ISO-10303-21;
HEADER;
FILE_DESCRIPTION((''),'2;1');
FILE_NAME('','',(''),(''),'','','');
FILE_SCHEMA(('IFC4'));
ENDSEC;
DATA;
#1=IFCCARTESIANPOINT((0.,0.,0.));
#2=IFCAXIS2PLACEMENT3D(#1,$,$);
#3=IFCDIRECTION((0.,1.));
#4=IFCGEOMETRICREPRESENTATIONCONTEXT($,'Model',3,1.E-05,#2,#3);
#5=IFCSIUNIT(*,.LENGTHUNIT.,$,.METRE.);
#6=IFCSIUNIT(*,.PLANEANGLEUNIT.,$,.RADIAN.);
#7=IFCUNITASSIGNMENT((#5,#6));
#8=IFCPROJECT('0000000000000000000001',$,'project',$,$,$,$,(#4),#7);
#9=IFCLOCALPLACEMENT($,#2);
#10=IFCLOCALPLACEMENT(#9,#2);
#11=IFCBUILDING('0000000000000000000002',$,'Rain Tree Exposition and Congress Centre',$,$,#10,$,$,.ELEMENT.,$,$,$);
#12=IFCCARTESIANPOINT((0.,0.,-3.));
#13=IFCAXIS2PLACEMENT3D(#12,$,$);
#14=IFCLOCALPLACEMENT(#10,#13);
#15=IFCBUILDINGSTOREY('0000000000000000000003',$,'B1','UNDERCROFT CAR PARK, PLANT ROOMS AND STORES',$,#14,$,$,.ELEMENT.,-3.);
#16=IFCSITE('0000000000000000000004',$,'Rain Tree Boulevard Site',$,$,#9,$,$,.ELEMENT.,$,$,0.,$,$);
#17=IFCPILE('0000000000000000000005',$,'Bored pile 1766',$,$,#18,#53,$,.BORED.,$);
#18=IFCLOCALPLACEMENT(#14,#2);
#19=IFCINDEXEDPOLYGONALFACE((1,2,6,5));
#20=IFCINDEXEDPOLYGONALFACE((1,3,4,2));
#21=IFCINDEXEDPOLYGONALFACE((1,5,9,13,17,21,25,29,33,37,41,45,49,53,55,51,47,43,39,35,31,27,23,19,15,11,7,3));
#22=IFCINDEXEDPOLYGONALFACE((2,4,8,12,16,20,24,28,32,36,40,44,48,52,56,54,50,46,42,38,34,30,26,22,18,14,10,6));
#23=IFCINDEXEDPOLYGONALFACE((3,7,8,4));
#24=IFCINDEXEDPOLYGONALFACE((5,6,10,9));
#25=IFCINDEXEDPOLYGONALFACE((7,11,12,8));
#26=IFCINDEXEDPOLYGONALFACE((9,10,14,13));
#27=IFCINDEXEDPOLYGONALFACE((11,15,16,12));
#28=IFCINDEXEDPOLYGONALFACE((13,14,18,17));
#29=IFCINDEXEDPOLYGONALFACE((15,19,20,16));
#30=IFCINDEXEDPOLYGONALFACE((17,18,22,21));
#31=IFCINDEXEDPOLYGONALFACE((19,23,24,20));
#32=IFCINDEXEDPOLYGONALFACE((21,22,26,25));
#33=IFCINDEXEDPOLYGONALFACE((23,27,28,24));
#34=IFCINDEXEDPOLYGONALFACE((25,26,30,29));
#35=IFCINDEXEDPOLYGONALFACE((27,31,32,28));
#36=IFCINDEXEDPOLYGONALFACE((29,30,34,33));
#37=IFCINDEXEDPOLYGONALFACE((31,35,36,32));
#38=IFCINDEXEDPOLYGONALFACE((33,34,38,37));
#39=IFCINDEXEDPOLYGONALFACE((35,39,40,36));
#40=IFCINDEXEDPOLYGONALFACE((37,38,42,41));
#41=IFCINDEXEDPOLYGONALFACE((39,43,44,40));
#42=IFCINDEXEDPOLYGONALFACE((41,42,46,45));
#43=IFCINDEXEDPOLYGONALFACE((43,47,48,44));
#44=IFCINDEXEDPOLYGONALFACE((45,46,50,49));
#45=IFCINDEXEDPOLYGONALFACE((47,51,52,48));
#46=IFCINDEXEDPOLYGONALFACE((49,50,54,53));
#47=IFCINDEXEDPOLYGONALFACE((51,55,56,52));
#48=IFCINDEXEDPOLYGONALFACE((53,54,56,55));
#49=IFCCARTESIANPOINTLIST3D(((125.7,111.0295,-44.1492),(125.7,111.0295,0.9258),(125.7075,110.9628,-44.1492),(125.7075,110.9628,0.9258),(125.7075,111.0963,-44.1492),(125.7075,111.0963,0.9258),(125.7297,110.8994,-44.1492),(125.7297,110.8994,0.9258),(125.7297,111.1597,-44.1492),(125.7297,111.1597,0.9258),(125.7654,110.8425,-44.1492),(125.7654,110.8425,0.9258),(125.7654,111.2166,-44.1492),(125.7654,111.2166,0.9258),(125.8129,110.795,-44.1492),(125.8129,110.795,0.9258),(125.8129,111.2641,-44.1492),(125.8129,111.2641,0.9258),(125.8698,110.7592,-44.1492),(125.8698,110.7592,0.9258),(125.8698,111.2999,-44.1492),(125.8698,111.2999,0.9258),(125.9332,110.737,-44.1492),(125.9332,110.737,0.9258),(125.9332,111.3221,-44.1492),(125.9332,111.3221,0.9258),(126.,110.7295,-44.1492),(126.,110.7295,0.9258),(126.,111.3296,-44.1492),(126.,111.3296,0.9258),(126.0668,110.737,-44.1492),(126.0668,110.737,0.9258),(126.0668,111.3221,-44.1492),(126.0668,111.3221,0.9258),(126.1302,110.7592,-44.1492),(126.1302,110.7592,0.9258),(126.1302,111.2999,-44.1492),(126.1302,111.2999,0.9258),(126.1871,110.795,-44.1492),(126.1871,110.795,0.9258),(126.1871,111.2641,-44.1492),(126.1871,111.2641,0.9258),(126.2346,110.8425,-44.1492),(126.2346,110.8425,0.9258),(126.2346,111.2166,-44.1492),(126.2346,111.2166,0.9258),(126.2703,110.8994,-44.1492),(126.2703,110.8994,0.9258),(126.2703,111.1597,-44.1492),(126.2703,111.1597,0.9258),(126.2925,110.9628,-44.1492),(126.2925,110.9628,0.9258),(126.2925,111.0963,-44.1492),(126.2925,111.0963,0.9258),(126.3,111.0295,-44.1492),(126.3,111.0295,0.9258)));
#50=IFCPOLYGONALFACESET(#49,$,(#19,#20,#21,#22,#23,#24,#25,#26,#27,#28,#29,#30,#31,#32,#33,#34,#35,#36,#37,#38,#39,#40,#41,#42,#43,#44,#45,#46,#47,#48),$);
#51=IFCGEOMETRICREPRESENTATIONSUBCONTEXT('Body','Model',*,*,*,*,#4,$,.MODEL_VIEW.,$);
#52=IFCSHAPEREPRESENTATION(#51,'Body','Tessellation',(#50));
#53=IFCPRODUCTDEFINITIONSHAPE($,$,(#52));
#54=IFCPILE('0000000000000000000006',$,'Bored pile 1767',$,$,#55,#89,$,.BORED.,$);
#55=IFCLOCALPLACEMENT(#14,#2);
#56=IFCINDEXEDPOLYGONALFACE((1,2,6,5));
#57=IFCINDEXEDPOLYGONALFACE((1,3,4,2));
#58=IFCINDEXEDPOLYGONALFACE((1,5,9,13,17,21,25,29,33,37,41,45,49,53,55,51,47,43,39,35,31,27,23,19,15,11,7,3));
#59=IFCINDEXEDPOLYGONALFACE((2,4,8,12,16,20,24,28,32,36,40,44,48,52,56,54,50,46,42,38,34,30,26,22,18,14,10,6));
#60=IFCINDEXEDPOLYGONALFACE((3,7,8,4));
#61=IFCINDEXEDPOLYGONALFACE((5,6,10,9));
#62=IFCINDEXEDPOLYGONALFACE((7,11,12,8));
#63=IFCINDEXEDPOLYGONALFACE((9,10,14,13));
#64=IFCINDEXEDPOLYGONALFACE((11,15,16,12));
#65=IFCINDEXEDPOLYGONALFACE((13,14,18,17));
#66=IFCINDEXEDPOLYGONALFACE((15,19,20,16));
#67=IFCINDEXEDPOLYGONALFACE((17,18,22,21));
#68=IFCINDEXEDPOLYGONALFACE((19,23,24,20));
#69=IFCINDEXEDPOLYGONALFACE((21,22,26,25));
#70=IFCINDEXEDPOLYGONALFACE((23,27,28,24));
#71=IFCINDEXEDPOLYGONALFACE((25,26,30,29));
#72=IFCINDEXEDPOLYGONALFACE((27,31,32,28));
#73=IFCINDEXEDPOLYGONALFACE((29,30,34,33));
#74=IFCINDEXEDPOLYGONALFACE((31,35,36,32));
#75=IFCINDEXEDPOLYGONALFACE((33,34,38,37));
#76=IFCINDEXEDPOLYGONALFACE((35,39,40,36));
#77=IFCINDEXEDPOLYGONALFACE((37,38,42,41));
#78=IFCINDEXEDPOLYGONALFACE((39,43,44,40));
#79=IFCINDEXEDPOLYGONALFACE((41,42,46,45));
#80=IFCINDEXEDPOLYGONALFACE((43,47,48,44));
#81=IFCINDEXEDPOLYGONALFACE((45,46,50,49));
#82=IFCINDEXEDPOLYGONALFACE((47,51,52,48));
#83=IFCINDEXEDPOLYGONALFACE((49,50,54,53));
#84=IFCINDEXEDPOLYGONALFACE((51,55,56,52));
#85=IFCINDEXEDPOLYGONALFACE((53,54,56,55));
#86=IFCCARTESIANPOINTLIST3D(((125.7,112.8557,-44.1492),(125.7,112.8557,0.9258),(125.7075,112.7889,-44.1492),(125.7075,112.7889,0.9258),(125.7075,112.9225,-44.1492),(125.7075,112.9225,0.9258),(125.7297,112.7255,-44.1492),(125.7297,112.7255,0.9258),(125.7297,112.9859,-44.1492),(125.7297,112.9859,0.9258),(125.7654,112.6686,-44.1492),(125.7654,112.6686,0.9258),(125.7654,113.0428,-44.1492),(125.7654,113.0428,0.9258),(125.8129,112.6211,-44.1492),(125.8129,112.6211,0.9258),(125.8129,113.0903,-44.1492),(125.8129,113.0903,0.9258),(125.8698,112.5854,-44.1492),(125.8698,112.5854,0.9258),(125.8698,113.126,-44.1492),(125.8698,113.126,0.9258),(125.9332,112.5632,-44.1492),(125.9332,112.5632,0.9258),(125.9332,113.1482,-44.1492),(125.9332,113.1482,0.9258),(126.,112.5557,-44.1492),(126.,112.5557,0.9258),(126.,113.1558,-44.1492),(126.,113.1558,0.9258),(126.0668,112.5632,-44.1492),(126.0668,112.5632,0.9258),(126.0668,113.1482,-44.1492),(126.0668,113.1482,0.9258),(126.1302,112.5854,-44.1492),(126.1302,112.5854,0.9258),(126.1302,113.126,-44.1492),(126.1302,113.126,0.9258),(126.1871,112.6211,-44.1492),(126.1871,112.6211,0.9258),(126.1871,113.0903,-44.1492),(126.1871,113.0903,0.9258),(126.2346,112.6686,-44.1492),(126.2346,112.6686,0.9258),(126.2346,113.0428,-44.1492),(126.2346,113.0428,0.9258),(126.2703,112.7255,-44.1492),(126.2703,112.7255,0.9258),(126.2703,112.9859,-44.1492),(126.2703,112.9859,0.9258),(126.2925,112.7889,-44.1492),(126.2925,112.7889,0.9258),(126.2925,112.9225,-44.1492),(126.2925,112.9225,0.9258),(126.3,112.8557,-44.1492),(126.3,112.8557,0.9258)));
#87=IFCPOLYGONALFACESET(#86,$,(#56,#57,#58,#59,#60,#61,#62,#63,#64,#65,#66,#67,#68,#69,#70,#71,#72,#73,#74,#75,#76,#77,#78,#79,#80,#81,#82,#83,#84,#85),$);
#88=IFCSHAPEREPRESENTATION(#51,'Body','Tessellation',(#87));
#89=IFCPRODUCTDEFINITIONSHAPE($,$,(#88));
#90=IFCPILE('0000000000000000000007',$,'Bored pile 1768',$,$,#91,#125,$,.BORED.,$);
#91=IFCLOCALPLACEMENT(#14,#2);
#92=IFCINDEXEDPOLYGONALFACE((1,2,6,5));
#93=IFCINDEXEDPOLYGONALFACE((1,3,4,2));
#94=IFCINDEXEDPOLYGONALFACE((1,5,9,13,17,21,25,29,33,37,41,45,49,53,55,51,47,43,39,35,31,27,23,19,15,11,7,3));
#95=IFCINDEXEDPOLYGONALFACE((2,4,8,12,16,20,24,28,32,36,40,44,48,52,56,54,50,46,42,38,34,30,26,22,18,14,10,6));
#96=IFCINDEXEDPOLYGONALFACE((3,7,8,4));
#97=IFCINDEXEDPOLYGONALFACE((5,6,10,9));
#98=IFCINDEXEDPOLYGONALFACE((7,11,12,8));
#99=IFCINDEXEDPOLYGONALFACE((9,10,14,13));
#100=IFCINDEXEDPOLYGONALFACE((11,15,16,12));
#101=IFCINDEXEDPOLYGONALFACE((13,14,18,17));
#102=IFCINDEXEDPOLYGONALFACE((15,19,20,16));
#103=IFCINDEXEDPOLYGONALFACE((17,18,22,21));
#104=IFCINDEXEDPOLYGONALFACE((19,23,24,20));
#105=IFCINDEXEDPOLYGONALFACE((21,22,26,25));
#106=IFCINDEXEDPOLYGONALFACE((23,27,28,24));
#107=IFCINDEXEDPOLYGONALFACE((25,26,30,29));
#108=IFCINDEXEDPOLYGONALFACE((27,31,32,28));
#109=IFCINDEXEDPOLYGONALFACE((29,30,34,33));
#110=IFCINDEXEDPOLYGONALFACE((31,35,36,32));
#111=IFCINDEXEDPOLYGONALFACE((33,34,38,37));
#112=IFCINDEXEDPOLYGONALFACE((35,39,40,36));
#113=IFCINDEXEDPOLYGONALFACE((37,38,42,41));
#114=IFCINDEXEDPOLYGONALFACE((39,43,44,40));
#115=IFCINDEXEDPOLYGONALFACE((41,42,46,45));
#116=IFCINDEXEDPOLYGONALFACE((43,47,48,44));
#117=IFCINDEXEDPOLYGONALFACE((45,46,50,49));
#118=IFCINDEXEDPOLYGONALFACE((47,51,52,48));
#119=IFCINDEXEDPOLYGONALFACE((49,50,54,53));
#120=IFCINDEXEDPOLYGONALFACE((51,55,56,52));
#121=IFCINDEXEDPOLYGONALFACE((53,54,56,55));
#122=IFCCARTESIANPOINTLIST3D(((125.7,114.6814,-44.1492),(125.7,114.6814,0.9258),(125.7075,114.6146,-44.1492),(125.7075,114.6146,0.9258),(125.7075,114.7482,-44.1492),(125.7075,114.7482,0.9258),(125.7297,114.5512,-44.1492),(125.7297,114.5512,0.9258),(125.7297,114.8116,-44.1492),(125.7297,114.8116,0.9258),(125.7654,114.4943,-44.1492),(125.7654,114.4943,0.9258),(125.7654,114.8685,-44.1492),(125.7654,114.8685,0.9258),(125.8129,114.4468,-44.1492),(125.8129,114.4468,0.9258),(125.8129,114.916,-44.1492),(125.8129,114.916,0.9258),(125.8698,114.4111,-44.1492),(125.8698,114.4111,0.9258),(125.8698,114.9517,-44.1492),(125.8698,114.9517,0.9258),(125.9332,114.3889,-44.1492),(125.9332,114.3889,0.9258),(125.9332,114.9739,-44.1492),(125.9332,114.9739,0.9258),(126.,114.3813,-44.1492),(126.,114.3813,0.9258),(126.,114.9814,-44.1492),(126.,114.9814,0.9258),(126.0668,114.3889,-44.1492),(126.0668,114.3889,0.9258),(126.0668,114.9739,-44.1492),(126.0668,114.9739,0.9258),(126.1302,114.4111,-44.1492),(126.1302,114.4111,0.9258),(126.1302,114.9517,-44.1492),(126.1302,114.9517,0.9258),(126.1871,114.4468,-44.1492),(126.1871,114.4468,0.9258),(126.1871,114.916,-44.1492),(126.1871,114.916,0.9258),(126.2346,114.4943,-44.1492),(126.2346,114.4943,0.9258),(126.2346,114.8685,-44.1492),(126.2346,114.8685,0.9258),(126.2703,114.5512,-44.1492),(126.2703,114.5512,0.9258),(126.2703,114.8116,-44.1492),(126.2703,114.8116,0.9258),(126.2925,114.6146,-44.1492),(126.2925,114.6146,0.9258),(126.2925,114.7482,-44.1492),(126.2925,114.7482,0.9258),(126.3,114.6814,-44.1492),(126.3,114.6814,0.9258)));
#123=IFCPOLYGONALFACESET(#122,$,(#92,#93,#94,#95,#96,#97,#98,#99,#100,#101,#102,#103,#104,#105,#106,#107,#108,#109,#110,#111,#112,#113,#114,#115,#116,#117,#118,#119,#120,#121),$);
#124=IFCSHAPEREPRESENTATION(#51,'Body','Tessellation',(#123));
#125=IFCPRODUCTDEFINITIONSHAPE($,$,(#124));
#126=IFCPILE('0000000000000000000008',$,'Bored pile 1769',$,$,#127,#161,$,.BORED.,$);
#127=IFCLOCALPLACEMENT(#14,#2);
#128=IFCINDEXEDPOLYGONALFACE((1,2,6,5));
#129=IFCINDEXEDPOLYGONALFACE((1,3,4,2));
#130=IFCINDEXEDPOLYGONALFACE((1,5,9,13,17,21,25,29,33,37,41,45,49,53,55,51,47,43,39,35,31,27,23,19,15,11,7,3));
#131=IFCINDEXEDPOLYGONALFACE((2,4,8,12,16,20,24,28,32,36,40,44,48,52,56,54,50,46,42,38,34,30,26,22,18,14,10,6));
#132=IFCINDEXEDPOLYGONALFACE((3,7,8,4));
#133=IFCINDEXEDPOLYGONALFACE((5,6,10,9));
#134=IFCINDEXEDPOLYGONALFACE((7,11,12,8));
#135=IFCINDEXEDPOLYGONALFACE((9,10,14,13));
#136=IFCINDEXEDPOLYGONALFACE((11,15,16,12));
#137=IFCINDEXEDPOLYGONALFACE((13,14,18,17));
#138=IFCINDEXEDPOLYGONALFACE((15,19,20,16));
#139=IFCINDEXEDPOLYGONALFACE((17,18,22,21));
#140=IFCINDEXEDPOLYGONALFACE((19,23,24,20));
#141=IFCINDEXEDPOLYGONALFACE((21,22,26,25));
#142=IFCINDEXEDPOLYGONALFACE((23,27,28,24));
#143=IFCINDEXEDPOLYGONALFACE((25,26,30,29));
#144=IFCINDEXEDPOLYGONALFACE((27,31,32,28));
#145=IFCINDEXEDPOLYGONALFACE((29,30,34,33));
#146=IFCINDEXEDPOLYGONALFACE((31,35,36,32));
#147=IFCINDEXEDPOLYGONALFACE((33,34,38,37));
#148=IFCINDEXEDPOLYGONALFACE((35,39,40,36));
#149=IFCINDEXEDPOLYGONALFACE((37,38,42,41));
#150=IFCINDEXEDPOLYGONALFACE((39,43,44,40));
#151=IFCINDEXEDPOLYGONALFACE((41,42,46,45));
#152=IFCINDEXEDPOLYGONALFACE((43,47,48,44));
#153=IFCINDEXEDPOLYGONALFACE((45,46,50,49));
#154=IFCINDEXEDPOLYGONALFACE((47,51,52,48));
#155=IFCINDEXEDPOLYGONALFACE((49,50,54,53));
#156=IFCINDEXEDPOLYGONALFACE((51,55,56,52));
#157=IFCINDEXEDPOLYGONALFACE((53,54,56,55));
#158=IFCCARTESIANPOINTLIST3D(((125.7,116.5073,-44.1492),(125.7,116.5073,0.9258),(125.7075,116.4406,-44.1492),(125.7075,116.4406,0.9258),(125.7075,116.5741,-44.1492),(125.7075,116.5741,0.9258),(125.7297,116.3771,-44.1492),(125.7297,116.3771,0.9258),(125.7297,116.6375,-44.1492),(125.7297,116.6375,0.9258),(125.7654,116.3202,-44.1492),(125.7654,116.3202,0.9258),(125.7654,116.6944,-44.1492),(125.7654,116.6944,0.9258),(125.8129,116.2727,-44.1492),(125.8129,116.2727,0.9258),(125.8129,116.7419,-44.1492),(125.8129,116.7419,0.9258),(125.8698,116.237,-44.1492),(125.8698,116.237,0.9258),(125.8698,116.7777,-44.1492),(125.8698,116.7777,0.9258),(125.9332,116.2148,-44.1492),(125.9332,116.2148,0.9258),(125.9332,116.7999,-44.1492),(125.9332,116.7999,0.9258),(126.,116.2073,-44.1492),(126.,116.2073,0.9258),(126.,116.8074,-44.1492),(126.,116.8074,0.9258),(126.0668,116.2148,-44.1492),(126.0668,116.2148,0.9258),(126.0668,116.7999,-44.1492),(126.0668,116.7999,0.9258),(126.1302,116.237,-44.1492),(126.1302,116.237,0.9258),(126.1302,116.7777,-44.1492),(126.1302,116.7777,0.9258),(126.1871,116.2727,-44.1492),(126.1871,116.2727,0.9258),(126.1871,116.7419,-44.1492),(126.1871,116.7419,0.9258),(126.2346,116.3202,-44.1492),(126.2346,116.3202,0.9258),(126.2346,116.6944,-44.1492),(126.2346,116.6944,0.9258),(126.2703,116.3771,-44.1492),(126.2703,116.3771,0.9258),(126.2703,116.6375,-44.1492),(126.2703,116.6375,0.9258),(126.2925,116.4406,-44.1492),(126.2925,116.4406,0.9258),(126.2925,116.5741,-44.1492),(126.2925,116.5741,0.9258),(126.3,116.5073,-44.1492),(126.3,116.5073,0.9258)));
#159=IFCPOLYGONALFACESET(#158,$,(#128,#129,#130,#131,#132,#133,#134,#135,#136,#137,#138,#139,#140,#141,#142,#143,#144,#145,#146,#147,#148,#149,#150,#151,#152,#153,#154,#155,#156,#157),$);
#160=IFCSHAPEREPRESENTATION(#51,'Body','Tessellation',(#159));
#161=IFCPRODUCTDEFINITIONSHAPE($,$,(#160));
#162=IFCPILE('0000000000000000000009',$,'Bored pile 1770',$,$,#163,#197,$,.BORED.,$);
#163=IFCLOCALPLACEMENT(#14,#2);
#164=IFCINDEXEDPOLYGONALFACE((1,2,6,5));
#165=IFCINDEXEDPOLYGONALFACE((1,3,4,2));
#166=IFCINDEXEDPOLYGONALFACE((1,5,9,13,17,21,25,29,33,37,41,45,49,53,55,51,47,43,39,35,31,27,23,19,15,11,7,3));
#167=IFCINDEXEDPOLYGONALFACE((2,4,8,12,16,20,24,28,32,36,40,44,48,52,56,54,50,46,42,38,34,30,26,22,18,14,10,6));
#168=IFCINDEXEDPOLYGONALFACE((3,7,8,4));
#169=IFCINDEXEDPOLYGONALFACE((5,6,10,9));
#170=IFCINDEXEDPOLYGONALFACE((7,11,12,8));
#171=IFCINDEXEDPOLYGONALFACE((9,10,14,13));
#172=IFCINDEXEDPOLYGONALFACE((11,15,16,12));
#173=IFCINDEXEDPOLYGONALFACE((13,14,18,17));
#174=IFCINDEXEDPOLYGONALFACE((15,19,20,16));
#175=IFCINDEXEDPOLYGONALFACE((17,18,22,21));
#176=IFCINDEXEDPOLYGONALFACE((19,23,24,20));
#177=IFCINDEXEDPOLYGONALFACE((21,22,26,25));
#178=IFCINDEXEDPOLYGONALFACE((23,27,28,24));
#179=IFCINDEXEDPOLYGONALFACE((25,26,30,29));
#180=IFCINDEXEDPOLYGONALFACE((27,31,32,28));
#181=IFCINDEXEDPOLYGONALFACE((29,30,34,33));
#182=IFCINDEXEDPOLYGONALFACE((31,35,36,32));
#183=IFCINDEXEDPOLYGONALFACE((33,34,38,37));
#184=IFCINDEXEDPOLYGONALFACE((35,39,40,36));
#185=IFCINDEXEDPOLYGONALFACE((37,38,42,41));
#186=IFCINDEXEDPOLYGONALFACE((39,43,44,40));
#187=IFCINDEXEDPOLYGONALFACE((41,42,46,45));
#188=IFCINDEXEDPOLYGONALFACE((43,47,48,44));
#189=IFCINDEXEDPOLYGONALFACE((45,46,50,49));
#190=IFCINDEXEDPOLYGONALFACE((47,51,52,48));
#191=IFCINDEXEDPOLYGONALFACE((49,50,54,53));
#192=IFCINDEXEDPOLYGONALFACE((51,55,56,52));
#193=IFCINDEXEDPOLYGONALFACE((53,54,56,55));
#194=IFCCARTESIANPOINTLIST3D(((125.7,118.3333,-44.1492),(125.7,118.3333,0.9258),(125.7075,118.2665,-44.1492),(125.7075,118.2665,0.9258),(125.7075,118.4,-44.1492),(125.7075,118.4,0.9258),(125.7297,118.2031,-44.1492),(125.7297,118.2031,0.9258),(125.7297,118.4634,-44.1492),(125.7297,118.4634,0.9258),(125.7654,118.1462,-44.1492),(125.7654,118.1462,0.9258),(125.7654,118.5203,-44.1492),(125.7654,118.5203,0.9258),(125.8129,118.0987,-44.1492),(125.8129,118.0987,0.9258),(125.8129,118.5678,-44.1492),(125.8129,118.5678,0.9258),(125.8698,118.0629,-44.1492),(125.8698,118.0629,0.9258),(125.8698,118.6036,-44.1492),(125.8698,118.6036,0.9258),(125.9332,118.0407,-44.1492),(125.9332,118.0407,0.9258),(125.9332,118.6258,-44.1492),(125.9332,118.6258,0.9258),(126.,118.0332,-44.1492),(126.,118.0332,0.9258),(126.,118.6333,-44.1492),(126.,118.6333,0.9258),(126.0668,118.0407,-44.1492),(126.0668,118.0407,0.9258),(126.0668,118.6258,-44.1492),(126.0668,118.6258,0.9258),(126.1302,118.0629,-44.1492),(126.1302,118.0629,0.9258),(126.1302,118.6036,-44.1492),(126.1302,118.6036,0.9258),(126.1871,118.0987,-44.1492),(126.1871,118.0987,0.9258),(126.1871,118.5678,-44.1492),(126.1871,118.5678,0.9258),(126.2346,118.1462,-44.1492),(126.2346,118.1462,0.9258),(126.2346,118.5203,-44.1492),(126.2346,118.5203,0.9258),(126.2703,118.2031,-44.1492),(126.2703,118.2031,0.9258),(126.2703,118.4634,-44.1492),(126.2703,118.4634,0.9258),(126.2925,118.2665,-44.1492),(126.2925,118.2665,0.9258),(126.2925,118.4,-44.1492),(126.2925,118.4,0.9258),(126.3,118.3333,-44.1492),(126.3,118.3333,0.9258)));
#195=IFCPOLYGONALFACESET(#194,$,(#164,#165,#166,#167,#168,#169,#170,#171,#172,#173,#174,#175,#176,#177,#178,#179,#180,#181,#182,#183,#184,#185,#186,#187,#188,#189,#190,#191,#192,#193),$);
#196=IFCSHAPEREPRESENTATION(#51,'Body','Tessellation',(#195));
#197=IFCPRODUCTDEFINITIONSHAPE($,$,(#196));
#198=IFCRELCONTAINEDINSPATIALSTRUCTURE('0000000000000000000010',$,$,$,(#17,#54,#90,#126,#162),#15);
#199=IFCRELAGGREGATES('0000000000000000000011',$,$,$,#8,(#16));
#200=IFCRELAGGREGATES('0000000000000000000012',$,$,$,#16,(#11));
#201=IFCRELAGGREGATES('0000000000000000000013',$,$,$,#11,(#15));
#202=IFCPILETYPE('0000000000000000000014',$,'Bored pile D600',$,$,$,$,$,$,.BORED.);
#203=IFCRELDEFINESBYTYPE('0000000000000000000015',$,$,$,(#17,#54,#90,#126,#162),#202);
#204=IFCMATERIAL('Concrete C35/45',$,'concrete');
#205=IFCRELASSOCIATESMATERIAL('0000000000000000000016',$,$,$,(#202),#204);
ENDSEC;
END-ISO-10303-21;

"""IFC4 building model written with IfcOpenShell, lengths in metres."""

from ifc_helpers import new_model, si_unit, direction, frame, origin, origin_2d, place, context, subcontext, project, spatial, circle, extrude, material, material_profile, profile_set, type_object, element, save


model = new_model("IFC4")

# Units and contexts
model_context = context("Model", 3, precision=1e-05, world=origin(), true_north=direction((0.0, 1.0)))
body_context = subcontext(model_context, "Body", "Model", "MODEL_VIEW")
ifc_project = project(units=[si_unit("LENGTHUNIT", "METRE"), si_unit("PLANEANGLEUNIT", "RADIAN")], contexts=[model_context])

# Site, building, storey
site_placement = place(None, origin())
site = spatial("IfcSite", under=ifc_project, at=site_placement, Name="Rain Tree Boulevard Site", CompositionType="ELEMENT", RefElevation=0.0)
building_placement = place(site_placement, origin())
building = spatial("IfcBuilding", under=site, at=building_placement, Name="Rain Tree Exposition and Congress Centre", CompositionType="ELEMENT")
storey_placement = place(building_placement, frame((0.0, 0.0, -3.0)))
storey = spatial("IfcBuildingStorey", under=building, at=storey_placement, Name="B1", Description="UNDERCROFT CAR PARK, PLANT ROOMS AND STORES", CompositionType="ELEMENT", Elevation=-3.0)

# Piles
ifc_material_1 = material(Name="Concrete C35/45", Category="concrete")
ifc_material_profile_1 = material_profile(ifc_material_1, circle(Radius=0.3, at=origin_2d()), Name="D600")
ifc_profile_set_1 = profile_set([ifc_material_profile_1], Name="Concrete C35/45")
pile_type_1 = type_object("IfcPileType", Name="Bored pile D600", PredefinedType="BORED", material=ifc_profile_set_1)
for number, where, z_axis, x_axis, name in (
    (1, (126.0, 111.0295, 0.9258), (0.0, 0.0, -1.0), (1.0, 0.0, 0.0), "Bored pile 1766"),
    (2, (126.0, 112.8557, 0.9258), (0.0, 0.0, -1.0), (1.0, 0.0, 0.0), "Bored pile 1767"),
    (3, (126.0, 114.6814, 0.9258), (0.0, 0.0, -1.0), (1.0, 0.0, 0.0), "Bored pile 1768"),
    (4, (126.0, 116.5073, 0.9258), (0.0, 0.0, -1.0), (1.0, 0.0, 0.0), "Bored pile 1769"),
    (5, (126.0, 118.3333, 0.9258), (0.0, 0.0, -1.0), (1.0, 0.0, 0.0), "Bored pile 1770"),
):
    element("IfcPile", number, at=place(storey_placement, frame(where, z_axis=z_axis, x_axis=x_axis)), inside=storey, type_object=pile_type_1, Name=name, PredefinedType="BORED", context=body_context, shape_type="SweptSolid", body=[
        extrude(circle(Radius=0.3, at=origin_2d()), origin(), (0.0, 0.0, 1.0), 45.075),
    ])

save(model, "model.ifc")
